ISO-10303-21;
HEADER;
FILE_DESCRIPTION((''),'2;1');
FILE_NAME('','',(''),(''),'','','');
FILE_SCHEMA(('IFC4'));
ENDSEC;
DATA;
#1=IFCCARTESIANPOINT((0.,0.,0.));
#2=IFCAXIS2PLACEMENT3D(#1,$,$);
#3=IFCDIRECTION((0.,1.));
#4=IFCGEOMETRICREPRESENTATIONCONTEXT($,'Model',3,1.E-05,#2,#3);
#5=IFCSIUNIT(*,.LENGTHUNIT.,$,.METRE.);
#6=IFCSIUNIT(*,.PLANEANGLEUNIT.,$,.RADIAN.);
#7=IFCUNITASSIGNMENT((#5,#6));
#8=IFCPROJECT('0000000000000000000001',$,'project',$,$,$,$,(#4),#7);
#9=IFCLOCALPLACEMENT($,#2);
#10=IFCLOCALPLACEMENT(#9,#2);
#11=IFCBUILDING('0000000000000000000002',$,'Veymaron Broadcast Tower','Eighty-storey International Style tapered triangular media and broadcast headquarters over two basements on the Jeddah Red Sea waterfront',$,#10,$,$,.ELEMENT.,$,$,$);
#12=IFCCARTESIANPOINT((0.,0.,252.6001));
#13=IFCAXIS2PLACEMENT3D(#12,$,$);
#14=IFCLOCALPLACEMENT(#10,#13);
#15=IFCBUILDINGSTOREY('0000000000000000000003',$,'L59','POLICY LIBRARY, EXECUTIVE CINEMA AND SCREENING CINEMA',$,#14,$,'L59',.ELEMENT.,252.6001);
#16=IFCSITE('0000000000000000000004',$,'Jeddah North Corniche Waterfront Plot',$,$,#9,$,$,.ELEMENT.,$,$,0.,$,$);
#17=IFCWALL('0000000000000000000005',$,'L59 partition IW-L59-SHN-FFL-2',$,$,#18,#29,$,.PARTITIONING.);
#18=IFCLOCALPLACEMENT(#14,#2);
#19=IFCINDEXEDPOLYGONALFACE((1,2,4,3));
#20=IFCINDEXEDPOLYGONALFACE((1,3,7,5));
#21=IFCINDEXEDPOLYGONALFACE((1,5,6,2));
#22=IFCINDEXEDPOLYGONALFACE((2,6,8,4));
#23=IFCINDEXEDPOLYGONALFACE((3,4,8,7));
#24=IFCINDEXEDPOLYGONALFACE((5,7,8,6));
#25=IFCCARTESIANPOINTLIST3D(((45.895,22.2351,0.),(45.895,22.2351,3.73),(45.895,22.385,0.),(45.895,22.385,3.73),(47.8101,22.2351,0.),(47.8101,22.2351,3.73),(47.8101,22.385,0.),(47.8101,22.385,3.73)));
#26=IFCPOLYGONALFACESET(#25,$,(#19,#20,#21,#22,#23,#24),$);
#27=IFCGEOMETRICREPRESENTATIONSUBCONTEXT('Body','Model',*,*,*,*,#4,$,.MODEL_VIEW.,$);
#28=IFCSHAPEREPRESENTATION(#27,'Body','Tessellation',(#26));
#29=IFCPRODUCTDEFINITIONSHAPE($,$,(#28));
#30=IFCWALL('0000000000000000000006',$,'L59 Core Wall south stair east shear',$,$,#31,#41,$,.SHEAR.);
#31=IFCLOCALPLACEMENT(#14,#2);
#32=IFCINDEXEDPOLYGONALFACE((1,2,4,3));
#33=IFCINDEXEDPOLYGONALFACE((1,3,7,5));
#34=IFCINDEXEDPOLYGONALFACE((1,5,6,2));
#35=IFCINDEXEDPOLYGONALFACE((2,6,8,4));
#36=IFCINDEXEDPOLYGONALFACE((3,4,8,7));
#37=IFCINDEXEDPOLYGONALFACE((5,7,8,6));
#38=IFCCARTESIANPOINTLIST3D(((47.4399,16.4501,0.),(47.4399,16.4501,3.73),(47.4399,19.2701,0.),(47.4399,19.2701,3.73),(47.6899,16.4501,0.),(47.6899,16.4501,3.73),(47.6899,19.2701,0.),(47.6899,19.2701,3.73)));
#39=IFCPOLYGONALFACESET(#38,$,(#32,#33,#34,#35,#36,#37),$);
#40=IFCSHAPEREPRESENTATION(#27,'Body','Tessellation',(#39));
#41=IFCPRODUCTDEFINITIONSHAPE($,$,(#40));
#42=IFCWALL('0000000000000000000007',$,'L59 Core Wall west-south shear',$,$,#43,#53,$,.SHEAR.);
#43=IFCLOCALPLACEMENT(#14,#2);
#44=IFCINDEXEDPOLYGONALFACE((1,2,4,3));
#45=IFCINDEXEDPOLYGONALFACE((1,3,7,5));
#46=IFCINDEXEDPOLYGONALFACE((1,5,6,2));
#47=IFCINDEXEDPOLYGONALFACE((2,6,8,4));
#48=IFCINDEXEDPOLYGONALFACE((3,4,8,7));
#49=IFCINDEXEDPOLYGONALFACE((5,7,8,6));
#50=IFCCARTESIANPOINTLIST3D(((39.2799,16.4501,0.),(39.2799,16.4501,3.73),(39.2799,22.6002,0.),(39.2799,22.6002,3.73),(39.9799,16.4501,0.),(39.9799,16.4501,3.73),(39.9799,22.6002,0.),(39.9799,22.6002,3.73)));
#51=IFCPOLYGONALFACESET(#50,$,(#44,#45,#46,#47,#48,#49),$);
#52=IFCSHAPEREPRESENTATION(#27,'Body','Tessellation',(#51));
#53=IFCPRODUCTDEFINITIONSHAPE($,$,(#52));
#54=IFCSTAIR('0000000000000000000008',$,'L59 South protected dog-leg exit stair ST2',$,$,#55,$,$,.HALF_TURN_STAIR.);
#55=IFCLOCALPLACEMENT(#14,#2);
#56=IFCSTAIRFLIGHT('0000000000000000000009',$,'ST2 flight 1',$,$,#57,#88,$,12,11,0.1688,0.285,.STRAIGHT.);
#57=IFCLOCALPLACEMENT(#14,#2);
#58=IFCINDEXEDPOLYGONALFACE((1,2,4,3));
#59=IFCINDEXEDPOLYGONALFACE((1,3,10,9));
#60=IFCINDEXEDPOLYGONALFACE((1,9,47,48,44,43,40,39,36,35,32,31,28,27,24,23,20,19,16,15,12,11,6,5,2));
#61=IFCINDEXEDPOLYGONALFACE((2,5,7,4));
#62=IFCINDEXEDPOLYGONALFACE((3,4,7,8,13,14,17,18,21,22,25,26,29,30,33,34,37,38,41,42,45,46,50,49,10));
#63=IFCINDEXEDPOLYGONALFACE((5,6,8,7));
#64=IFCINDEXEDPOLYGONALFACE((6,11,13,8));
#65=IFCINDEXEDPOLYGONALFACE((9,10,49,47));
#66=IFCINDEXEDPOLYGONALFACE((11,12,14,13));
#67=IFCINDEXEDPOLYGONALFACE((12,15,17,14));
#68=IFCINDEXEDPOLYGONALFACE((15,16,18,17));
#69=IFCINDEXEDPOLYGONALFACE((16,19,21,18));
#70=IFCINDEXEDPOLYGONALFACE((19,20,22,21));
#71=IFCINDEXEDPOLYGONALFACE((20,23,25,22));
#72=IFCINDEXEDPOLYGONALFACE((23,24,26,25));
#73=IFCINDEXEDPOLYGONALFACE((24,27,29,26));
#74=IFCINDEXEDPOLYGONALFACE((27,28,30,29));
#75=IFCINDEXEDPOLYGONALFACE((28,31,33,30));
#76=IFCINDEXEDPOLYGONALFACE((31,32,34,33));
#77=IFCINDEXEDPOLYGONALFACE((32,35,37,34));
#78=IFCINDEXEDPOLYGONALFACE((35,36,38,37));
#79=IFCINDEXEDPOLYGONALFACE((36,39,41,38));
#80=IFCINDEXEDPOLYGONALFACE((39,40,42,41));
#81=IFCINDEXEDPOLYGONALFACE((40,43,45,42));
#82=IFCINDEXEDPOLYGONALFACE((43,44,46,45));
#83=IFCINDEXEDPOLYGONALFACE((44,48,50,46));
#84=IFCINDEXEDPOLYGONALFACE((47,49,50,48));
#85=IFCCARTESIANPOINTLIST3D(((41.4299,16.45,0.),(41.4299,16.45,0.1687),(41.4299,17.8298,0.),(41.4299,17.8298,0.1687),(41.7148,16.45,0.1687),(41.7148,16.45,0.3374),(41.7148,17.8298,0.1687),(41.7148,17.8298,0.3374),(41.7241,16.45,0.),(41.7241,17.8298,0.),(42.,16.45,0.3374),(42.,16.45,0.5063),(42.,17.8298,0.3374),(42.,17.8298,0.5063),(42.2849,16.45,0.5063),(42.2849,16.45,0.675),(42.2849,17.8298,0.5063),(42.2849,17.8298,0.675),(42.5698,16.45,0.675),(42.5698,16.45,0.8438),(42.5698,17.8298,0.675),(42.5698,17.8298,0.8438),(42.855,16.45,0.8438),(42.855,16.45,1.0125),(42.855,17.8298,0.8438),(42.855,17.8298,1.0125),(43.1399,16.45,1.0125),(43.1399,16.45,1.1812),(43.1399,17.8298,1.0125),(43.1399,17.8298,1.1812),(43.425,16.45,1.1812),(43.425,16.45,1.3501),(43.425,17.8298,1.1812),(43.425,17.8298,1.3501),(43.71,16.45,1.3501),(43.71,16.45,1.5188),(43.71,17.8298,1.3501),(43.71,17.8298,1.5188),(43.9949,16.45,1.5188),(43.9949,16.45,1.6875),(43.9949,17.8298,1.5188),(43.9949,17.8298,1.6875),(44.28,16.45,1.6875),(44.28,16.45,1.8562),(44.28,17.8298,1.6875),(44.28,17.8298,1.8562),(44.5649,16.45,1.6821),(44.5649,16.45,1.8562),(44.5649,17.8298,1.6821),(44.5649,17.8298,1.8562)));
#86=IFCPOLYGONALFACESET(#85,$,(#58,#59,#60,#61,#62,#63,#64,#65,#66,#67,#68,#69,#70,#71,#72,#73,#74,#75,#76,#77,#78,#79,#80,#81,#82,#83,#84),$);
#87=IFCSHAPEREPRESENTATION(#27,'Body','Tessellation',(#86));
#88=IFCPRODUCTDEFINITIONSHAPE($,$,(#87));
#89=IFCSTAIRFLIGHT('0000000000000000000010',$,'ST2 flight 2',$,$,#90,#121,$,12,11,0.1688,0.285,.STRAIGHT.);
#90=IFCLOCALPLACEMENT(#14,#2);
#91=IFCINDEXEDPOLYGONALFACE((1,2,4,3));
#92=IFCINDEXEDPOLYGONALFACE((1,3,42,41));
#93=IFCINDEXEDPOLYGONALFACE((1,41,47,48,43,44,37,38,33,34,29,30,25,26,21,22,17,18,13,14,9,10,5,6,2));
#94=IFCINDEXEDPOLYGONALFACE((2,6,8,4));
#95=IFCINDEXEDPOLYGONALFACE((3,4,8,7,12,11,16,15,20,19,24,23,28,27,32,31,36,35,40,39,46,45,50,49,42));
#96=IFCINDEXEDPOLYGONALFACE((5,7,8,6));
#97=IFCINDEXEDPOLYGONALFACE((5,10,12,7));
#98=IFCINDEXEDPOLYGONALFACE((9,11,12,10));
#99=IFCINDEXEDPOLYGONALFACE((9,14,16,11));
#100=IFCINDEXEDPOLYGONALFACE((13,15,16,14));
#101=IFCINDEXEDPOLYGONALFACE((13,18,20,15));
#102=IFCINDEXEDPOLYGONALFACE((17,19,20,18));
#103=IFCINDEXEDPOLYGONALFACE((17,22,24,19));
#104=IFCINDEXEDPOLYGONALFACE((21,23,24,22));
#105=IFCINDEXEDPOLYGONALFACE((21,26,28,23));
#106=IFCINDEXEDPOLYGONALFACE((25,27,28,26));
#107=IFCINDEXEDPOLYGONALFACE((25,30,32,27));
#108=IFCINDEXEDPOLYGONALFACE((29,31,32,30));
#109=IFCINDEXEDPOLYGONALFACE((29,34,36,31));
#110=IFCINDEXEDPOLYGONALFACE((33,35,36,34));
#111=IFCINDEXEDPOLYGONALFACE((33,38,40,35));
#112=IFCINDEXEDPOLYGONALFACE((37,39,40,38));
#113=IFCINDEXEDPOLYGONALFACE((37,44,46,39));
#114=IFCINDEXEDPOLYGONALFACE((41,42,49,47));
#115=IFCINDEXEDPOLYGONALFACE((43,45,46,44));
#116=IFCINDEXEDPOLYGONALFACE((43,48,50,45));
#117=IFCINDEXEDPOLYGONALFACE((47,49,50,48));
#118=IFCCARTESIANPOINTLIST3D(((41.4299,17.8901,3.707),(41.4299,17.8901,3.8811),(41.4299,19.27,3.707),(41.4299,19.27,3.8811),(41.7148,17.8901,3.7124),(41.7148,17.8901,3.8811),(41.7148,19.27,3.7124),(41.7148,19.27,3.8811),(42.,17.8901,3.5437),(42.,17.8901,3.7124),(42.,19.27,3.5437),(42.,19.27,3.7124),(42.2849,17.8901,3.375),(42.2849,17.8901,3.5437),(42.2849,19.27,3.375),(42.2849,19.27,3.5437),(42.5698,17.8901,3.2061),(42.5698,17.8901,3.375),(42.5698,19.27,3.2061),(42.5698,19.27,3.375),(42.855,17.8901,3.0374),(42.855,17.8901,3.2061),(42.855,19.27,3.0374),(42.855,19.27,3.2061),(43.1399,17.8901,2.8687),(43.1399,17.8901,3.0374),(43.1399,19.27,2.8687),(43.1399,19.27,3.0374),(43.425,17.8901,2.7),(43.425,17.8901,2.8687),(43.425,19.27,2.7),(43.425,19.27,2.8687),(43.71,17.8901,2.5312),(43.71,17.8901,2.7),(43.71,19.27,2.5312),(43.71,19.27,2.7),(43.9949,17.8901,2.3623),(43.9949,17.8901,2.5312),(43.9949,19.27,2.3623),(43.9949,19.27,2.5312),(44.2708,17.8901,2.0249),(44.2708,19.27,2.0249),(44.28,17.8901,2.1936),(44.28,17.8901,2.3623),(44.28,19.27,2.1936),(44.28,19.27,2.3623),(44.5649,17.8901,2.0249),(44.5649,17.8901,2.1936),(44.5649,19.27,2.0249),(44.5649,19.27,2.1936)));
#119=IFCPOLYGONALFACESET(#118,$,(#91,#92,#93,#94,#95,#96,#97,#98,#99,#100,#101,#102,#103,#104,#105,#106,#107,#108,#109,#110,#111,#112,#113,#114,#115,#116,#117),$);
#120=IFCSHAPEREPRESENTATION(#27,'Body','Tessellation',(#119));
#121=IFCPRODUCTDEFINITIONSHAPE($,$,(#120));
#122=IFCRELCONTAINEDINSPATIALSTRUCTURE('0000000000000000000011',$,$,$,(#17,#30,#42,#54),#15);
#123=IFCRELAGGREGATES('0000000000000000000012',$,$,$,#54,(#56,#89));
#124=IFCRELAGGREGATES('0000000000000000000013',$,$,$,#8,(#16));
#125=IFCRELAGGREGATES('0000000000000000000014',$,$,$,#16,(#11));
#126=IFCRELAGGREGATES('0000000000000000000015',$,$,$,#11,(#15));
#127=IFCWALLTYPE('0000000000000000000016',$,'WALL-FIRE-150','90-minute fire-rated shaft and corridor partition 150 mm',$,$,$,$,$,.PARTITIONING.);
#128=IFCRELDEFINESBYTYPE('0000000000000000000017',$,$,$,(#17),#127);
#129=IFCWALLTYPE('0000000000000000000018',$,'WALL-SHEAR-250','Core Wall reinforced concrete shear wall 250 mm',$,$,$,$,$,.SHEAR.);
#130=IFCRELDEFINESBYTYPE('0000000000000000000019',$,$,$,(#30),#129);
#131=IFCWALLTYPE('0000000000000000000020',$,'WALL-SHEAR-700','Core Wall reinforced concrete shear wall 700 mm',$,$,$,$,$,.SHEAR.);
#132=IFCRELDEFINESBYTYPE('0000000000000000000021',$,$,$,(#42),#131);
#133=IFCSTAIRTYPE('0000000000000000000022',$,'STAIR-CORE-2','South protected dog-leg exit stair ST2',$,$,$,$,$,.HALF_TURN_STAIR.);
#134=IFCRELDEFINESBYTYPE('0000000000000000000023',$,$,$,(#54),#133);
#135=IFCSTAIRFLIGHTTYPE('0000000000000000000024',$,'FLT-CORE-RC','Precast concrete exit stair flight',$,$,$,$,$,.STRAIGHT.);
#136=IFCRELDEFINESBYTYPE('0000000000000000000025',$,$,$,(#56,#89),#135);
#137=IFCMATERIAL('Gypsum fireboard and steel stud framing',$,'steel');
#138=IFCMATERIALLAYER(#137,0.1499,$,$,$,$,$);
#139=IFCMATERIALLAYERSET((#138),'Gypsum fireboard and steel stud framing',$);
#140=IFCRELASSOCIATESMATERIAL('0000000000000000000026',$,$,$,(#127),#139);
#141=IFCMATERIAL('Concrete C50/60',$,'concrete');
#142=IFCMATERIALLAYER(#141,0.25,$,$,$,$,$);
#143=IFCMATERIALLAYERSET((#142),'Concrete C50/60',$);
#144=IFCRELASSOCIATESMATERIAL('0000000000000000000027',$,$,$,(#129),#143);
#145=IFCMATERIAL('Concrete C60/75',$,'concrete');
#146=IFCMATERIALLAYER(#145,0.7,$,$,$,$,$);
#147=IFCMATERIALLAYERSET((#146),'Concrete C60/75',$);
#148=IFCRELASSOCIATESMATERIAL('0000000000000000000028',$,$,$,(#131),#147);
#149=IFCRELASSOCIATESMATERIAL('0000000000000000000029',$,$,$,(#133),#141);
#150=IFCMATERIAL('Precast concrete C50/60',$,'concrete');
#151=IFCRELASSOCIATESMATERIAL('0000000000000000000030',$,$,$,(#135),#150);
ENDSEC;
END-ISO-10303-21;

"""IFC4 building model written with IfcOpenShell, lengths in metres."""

from ifc_helpers import new_model, si_unit, direction, frame, frame_2d, origin, place, context, subcontext, project, spatial, polyline, rectangle, outline, extrude, material, layer, layer_set, type_object, element, aggregate, save


model = new_model("IFC4")

# Units and contexts
model_context = context("Model", 3, precision=1e-05, world=origin(), true_north=direction((0.0, 1.0)))
body_context = subcontext(model_context, "Body", "Model", "MODEL_VIEW")
ifc_project = project(units=[si_unit("LENGTHUNIT", "METRE"), si_unit("PLANEANGLEUNIT", "RADIAN")], contexts=[model_context])

# Site, building, storey
site_placement = place(None, origin())
site = spatial("IfcSite", under=ifc_project, at=site_placement, Name="Jeddah North Corniche Waterfront Plot", CompositionType="ELEMENT", RefElevation=0.0)
building_placement = place(site_placement, origin())
building = spatial("IfcBuilding", under=site, at=building_placement, Name="Veymaron Broadcast Tower", Description="Eighty-storey International Style tapered triangular media and broadcast headquarters over two basements on the Jeddah Red Sea waterfront", CompositionType="ELEMENT")
storey_placement = place(building_placement, frame((0.0, 0.0, 252.6001)))
storey = spatial("IfcBuildingStorey", under=building, at=storey_placement, Name="L59", Description="POLICY LIBRARY, EXECUTIVE CINEMA AND SCREENING CINEMA", LongName="L59", CompositionType="ELEMENT", Elevation=252.6001)

# Shared definitions
ifc_material_1 = material(Name="Gypsum fireboard and steel stud framing", Category="steel")
ifc_layer_1 = layer(ifc_material_1, 0.1499)
ifc_layer_set_1 = layer_set([ifc_layer_1], Name="Gypsum fireboard and steel stud framing")
wall_type_1 = type_object("IfcWallType", Name="WALL-FIRE-150", Description="90-minute fire-rated shaft and corridor partition 150 mm", PredefinedType="PARTITIONING", material=ifc_layer_set_1)

# Walls
wall_1_placement = place(storey_placement, frame((45.895, 22.3101, 0.0), z_axis=(0.0, 0.0, 1.0), x_axis=(1.0, 0.0, 0.0)))
element("IfcWall", 1, at=wall_1_placement, inside=storey, type_object=wall_type_1, Name="L59 partition IW-L59-SHN-FFL-2", PredefinedType="PARTITIONING", context=body_context, shape_type="SweptSolid", body=[
    extrude(rectangle(XDim=1.915, YDim=0.1499, at=frame_2d((0.9575, 0.0))), origin(), (0.0, 0.0, 1.0), 3.73),
])
ifc_material_2 = material(Name="Concrete C50/60", Category="concrete")
ifc_layer_2 = layer(ifc_material_2, 0.25)
ifc_layer_set_2 = layer_set([ifc_layer_2], Name="Concrete C50/60")
wall_type_2 = type_object("IfcWallType", Name="WALL-SHEAR-250", Description="Core Wall reinforced concrete shear wall 250 mm", PredefinedType="SHEAR", material=ifc_layer_set_2)
wall_2_placement = place(storey_placement, frame((47.5649, 16.45, 0.0), z_axis=(0.0, 0.0, 1.0), x_axis=(0.0, 1.0, 0.0)))
element("IfcWall", 2, at=wall_2_placement, inside=storey, type_object=wall_type_2, Name="L59 Core Wall south stair east shear", PredefinedType="SHEAR", context=body_context, shape_type="SweptSolid", body=[
    extrude(rectangle(XDim=2.8201, YDim=0.25, at=frame_2d((1.4102, 0.0))), origin(), (0.0, 0.0, 1.0), 3.73),
])

# Wall
ifc_material_3 = material(Name="Concrete C60/75", Category="concrete")
ifc_layer_3 = layer(ifc_material_3, 0.7)
ifc_layer_set_3 = layer_set([ifc_layer_3], Name="Concrete C60/75")
wall_type_3 = type_object("IfcWallType", Name="WALL-SHEAR-700", Description="Core Wall reinforced concrete shear wall 700 mm", PredefinedType="SHEAR", material=ifc_layer_set_3)
wall_3_placement = place(storey_placement, frame((39.6299, 16.45, 0.0), z_axis=(0.0, 0.0, 1.0), x_axis=(0.0, 1.0, 0.0)))
element("IfcWall", 3, at=wall_3_placement, inside=storey, type_object=wall_type_3, Name="L59 Core Wall west-south shear", PredefinedType="SHEAR", context=body_context, shape_type="SweptSolid", body=[
    extrude(rectangle(XDim=6.1501, YDim=0.7, at=frame_2d((3.0752, 0.0))), origin(), (0.0, 0.0, 1.0), 3.73),
])

# Stair, stair flights
stair_type = type_object("IfcStairType", Name="STAIR-CORE-2", Description="South protected dog-leg exit stair ST2", PredefinedType="HALF_TURN_STAIR", material=ifc_material_2)
stair_placement = place(storey_placement, origin())
stair = element("IfcStair", 4, at=stair_placement, inside=storey, type_object=stair_type, Name="L59 South protected dog-leg exit stair ST2", PredefinedType="HALF_TURN_STAIR")
ifc_material_4 = material(Name="Precast concrete C50/60", Category="concrete")
stair_flight_type = type_object("IfcStairFlightType", Name="FLT-CORE-RC", Description="Precast concrete exit stair flight", PredefinedType="STRAIGHT", material=ifc_material_4)
stair_flight_1_placement = place(storey_placement, frame((41.4299, 17.1399, 0.0), z_axis=(0.0, 0.0, 1.0), x_axis=(1.0, 0.0, 0.0)))
stair_flight_1 = element("IfcStairFlight", 5, at=stair_flight_1_placement, type_object=stair_flight_type, Name="ST2 flight 1", NumberOfRisers=12, NumberOfTreads=11, PredefinedType="STRAIGHT", RiserHeight=0.1688, TreadLength=0.285, context=body_context, shape_type="SweptSolid", body=[
    extrude(outline(polyline([(0.0, 0.0), (0.0, 0.1687), (0.2849, 0.1687), (0.2849, 0.3374), (0.5701, 0.3374), (0.5701, 0.5063), (0.855, 0.5063), (0.855, 0.675), (1.1399, 0.675), (1.1399, 0.8438), (1.425, 0.8438), (1.425, 1.0125), (1.71, 1.0125), (1.71, 1.1812), (1.9951, 1.1812), (1.9951, 1.3501), (2.28, 1.3501), (2.28, 1.5188), (2.5649, 1.5188), (2.5649, 1.6875), (2.8501, 1.6875), (2.8501, 1.8562), (3.135, 1.8562), (3.135, 2.0249), (3.135, 1.6821), (0.2942, 0.0), (0.0, 0.0)])), frame((0.0, 0.6899, 0.0), z_axis=(0.0, -1.0, 0.0), x_axis=(1.0, 0.0, 0.0)), (0.0, 0.0, 1.0), 1.3799),
])
stair_flight_2_placement = place(storey_placement, frame((44.5649, 18.5801, 2.0249), z_axis=(0.0, 0.0, 1.0), x_axis=(-1.0, 0.0, 0.0)))
stair_flight_2 = element("IfcStairFlight", 6, at=stair_flight_2_placement, type_object=stair_flight_type, Name="ST2 flight 2", NumberOfRisers=12, NumberOfTreads=11, PredefinedType="STRAIGHT", RiserHeight=0.1688, TreadLength=0.285, context=body_context, shape_type="SweptSolid", body=[
    extrude(outline(polyline([(0.0, 0.0), (0.0, 0.1687), (0.2849, 0.1687), (0.2849, 0.3374), (0.5701, 0.3374), (0.5701, 0.5063), (0.855, 0.5063), (0.855, 0.675), (1.1399, 0.675), (1.1399, 0.8438), (1.425, 0.8438), (1.425, 1.0125), (1.71, 1.0125), (1.71, 1.1812), (1.9951, 1.1812), (1.9951, 1.3501), (2.28, 1.3501), (2.28, 1.5188), (2.5649, 1.5188), (2.5649, 1.6875), (2.8501, 1.6875), (2.8501, 1.8562), (3.135, 1.8562), (3.135, 2.0249), (3.135, 1.6821), (0.2942, 0.0), (0.0, 0.0)])), frame((0.0, 0.6899, 0.0), z_axis=(0.0, -1.0, 0.0), x_axis=(1.0, 0.0, 0.0)), (0.0, 0.0, 1.0), 1.3799),
])
aggregate(stair, [stair_flight_1, stair_flight_2])

save(model, "model.ifc")
